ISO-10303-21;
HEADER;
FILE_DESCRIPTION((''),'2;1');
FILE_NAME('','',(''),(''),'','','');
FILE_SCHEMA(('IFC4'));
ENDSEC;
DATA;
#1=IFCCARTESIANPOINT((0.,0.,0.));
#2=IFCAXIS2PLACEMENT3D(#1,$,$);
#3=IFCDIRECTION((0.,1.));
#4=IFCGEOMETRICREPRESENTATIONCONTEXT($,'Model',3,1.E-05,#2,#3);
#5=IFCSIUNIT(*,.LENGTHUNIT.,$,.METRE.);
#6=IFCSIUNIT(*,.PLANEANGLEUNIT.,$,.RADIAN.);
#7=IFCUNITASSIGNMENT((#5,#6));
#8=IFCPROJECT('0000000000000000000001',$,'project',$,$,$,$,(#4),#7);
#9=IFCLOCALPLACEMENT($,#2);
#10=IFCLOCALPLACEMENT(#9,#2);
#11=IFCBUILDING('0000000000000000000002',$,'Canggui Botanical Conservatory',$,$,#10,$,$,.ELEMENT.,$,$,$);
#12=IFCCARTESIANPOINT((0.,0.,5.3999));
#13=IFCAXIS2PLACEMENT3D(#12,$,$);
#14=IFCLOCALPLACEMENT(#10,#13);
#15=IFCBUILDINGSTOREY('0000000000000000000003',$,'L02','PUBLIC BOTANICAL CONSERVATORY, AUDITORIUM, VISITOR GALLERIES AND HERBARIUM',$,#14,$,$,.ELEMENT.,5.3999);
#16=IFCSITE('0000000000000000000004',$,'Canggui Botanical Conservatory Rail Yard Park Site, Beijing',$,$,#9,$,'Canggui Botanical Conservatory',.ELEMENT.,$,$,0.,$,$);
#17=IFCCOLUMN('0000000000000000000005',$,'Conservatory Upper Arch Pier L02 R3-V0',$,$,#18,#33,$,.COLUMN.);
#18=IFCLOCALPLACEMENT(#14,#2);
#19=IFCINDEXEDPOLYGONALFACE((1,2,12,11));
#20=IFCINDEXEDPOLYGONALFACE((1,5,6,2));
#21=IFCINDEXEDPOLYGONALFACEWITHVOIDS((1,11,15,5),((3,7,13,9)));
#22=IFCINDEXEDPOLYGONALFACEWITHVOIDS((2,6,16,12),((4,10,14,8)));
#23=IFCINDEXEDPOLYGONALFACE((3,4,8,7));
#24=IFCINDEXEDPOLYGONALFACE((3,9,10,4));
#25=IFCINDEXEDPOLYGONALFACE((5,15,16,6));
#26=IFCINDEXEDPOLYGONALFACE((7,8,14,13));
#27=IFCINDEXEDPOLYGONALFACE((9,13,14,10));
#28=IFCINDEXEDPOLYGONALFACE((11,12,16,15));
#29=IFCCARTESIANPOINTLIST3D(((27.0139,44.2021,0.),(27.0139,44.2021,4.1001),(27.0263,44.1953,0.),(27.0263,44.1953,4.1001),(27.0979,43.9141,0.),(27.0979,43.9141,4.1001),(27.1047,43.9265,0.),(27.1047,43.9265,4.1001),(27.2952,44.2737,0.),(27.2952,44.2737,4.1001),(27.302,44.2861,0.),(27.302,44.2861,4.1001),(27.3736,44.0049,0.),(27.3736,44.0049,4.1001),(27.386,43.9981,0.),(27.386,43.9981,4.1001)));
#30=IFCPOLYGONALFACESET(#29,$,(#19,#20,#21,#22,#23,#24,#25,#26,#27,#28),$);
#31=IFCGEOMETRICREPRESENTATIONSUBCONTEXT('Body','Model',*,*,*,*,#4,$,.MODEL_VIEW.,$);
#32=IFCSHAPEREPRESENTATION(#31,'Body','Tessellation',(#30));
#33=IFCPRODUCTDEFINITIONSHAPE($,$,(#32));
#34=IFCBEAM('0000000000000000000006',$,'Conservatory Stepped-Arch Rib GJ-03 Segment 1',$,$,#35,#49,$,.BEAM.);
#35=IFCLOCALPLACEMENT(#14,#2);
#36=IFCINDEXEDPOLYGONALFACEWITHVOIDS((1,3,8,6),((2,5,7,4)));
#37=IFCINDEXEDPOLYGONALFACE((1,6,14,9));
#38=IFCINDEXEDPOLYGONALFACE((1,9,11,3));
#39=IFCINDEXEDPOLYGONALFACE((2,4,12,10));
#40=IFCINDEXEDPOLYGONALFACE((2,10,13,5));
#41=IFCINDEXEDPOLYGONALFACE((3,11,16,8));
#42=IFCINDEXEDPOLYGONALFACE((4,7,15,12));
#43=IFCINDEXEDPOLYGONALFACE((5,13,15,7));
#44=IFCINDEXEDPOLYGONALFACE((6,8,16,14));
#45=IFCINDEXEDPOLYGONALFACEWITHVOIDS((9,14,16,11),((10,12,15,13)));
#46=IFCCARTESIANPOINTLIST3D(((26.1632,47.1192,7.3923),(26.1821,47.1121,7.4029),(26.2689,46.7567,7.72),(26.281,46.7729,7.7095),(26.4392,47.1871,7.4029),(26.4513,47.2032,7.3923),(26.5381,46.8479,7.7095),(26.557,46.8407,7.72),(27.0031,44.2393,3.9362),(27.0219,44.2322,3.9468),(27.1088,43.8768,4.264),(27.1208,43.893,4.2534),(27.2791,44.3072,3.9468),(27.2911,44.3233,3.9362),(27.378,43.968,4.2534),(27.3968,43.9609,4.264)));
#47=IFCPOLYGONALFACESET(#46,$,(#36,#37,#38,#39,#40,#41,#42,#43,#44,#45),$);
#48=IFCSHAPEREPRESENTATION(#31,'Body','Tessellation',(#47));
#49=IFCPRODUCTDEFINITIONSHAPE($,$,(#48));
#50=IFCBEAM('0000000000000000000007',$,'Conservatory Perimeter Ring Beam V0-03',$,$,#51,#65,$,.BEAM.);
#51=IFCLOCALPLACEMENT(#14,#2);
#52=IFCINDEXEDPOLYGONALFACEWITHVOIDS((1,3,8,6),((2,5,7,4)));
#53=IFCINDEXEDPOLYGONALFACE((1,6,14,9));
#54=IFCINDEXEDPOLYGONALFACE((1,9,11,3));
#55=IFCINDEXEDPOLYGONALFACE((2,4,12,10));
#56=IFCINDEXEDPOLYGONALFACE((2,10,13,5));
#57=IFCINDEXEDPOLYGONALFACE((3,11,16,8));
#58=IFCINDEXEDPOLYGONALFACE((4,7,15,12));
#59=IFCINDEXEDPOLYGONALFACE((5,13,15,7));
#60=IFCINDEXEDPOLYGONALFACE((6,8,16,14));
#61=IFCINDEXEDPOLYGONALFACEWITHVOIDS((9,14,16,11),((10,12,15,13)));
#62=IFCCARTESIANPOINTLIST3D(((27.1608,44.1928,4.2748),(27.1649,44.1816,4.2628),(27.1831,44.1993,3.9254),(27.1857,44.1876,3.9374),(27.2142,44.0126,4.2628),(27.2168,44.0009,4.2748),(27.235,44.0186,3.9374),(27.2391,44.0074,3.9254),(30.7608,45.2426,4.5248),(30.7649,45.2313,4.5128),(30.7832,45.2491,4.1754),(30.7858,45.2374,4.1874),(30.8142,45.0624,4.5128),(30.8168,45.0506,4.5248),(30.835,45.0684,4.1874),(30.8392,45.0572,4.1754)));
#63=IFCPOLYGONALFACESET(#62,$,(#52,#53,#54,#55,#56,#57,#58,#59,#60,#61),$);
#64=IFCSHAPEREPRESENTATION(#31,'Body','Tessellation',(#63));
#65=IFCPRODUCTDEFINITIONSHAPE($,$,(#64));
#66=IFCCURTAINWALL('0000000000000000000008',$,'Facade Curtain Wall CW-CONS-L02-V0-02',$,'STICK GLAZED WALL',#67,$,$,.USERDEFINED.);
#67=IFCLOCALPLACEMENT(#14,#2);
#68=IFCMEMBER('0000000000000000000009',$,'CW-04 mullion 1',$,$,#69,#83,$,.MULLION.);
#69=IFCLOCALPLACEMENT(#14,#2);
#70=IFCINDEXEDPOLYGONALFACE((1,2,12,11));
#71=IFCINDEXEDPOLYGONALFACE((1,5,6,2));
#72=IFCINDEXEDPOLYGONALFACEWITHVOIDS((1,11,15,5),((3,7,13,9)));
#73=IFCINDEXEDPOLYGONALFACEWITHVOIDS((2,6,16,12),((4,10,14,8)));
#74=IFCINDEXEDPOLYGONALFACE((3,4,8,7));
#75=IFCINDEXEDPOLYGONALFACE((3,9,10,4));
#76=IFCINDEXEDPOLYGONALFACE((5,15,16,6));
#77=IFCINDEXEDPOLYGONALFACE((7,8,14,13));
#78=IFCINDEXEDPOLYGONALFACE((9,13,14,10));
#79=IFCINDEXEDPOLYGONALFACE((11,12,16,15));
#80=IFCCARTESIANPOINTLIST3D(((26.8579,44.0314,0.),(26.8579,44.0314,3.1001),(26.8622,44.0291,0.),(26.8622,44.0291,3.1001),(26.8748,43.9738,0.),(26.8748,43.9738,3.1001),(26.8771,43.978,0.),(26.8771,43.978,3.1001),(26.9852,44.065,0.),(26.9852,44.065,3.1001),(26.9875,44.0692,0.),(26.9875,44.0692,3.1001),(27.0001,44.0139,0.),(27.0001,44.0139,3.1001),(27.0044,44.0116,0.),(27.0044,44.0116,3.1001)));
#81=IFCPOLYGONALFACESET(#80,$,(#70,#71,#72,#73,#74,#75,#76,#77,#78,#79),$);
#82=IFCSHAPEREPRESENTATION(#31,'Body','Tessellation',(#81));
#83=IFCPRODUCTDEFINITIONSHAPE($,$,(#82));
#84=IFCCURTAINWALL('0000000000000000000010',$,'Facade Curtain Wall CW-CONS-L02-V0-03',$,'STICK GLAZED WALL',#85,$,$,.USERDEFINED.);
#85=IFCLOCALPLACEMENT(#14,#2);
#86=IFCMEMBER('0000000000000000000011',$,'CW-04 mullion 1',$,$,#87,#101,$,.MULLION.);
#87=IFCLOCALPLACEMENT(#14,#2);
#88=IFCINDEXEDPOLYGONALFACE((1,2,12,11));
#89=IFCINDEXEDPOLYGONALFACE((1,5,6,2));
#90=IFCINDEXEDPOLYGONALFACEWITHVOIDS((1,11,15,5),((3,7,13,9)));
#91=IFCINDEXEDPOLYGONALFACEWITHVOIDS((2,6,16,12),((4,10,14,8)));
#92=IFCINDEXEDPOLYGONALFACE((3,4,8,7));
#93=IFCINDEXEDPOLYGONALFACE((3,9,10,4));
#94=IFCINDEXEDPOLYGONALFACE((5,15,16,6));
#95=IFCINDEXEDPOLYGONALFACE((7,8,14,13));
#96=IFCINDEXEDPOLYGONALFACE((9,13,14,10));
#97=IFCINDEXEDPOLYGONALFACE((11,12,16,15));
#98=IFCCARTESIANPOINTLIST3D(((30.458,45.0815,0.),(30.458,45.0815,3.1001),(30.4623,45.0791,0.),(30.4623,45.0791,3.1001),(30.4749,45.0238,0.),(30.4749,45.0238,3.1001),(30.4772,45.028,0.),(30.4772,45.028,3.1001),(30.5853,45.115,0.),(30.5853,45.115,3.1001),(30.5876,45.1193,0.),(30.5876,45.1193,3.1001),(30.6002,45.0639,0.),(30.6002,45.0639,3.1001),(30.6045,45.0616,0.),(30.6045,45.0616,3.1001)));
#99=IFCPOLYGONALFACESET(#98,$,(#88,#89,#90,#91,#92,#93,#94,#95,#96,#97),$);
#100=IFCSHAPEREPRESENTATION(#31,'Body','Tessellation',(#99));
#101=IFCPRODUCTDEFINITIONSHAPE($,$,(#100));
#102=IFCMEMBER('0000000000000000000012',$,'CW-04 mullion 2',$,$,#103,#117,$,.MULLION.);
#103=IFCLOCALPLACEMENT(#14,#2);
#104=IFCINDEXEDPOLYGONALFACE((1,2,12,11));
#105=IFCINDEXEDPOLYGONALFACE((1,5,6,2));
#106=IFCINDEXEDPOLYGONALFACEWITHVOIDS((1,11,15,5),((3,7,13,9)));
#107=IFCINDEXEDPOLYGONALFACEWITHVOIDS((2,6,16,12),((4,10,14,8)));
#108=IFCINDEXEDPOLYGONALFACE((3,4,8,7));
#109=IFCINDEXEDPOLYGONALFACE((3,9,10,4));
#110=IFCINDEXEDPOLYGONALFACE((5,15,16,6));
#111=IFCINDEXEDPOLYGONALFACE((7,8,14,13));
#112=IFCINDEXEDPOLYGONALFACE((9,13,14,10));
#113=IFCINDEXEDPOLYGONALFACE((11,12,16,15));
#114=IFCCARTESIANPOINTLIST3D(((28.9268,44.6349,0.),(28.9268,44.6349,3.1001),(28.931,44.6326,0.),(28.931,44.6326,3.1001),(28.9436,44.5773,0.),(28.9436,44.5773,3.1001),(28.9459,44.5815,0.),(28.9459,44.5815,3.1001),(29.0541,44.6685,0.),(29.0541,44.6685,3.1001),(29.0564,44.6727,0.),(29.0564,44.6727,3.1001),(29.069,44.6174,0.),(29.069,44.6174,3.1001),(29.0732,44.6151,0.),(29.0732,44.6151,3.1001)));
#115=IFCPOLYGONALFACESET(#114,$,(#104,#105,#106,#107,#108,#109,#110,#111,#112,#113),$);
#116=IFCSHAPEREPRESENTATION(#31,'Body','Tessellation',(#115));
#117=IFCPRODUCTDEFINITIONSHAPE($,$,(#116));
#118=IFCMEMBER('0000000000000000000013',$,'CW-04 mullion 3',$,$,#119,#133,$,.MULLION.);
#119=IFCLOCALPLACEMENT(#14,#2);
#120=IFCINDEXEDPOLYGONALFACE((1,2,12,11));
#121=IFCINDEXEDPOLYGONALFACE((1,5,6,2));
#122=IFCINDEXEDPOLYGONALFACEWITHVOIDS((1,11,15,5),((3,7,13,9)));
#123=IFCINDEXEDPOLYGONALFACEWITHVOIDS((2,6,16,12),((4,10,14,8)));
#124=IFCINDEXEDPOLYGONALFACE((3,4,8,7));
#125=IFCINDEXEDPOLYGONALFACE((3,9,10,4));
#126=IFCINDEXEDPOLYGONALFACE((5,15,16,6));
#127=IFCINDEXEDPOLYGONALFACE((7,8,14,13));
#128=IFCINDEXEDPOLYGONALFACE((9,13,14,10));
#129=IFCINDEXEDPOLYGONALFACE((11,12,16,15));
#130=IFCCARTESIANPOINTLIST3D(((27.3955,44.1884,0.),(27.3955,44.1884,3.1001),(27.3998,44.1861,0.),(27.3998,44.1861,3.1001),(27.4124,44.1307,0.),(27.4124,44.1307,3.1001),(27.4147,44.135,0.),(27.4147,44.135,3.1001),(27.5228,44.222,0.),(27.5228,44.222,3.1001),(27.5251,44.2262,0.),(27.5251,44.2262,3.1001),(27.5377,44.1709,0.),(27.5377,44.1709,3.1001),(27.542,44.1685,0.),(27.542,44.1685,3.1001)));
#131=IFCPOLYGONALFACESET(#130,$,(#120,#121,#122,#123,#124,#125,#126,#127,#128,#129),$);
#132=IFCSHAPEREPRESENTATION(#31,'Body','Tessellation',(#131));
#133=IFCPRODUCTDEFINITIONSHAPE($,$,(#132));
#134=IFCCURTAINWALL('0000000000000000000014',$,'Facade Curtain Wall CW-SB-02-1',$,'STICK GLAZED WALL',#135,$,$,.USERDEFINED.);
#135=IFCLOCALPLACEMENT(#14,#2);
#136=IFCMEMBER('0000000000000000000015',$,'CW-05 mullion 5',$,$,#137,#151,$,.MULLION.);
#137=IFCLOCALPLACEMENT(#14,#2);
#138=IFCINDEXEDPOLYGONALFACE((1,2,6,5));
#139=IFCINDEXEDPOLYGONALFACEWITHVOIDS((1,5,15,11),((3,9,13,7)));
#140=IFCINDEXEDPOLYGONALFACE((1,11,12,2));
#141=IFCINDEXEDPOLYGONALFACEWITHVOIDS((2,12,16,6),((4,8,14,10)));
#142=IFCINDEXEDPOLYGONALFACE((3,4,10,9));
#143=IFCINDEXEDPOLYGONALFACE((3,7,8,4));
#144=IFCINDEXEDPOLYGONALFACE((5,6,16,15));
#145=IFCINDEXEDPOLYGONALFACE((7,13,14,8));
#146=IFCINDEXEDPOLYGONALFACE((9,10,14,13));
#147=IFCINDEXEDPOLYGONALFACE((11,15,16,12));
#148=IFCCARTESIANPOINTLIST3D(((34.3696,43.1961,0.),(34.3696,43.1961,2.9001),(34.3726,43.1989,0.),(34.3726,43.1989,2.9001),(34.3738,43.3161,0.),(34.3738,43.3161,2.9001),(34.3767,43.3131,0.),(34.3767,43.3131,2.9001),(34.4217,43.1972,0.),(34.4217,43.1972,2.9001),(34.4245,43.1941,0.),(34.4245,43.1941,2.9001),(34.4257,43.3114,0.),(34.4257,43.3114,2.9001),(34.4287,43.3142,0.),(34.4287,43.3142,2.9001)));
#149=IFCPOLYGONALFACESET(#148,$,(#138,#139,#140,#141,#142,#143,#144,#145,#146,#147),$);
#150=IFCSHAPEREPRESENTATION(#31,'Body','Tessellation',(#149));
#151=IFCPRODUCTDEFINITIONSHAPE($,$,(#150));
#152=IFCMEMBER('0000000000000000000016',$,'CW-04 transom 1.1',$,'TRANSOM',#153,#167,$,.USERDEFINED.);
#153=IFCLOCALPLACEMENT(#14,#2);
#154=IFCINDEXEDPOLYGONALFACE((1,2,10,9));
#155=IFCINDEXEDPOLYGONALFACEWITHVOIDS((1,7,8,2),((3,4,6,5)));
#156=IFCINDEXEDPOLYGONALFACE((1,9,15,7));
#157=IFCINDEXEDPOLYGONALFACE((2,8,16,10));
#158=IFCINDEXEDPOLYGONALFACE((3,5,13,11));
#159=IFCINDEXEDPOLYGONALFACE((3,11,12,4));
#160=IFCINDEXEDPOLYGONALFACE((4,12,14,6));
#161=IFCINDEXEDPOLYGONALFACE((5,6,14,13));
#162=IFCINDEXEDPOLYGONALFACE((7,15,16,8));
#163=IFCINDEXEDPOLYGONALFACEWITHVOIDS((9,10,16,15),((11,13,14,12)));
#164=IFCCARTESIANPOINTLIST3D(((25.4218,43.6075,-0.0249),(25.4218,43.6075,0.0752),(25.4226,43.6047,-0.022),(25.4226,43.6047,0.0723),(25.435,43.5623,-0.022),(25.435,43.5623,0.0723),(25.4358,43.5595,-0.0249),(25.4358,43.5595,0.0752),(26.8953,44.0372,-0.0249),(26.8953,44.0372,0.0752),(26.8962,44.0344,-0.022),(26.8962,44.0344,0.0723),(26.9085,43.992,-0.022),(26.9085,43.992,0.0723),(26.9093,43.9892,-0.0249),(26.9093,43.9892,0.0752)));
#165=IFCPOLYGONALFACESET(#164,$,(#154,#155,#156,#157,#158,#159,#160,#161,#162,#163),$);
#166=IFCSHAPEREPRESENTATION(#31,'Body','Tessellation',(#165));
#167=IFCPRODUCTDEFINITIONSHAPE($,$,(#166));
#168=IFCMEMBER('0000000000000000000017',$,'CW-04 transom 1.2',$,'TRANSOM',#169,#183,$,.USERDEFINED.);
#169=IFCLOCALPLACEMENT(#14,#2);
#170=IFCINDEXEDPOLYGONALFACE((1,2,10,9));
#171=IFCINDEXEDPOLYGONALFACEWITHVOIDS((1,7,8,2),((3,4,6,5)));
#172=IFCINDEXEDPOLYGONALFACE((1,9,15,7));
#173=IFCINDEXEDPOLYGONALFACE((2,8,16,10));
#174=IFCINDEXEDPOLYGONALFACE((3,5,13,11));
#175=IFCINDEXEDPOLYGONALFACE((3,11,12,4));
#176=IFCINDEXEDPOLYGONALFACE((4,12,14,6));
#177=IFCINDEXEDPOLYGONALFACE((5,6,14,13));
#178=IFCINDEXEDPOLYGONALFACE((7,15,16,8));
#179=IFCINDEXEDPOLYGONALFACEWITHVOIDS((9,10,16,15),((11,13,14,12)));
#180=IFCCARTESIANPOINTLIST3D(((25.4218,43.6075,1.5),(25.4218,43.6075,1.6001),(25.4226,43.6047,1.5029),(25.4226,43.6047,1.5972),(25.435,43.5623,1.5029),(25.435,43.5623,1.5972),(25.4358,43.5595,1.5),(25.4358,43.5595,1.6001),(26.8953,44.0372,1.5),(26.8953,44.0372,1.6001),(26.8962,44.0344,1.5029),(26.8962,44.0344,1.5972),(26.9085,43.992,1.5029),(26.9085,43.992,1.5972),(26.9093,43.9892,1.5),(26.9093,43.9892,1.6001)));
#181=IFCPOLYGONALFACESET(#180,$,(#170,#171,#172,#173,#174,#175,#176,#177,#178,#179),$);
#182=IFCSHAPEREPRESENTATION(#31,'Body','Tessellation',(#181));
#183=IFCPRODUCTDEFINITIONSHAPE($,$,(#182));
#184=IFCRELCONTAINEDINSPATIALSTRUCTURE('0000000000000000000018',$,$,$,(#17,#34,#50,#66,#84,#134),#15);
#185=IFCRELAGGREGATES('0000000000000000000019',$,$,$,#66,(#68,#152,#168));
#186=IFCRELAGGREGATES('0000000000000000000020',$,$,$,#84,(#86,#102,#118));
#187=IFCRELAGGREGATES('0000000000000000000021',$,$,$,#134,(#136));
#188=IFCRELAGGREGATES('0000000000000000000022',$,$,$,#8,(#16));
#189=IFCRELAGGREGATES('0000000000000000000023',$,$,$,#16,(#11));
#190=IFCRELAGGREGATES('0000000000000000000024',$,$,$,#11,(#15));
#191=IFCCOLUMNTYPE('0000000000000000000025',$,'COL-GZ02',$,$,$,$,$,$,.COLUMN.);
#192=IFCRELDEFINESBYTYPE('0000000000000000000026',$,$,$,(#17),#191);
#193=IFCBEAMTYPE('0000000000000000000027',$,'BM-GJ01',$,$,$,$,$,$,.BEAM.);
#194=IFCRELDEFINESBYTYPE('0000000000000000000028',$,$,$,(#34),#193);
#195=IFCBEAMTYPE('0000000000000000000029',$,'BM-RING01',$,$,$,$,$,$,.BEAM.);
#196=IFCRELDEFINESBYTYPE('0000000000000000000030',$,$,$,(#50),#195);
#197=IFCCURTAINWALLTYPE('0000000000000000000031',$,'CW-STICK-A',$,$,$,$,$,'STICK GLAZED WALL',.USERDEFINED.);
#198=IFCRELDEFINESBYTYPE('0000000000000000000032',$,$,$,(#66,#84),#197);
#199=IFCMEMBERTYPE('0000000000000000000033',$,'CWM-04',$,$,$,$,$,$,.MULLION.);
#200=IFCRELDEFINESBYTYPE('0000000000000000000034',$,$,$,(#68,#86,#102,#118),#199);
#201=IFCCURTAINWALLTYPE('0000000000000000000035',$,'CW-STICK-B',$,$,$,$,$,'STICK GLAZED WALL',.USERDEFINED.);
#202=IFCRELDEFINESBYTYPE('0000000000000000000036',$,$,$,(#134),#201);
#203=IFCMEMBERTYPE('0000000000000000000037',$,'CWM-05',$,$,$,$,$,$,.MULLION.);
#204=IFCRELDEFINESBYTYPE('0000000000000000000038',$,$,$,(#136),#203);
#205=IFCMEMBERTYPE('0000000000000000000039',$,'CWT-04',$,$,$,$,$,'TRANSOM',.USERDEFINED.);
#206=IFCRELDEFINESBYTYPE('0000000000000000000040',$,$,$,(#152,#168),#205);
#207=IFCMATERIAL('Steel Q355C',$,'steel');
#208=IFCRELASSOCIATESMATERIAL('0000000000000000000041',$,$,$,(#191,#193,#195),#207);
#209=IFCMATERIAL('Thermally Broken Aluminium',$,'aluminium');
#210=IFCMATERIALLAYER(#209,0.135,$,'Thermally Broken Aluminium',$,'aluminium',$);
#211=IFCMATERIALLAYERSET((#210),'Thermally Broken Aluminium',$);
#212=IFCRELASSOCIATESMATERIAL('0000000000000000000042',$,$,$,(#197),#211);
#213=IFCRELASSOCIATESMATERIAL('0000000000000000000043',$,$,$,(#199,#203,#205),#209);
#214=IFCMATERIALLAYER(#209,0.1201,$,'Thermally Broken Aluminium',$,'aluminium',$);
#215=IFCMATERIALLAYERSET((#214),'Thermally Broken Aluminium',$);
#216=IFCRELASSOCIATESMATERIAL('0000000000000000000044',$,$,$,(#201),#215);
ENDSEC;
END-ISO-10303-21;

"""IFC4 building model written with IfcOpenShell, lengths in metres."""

from ifc_helpers import new_model, si_unit, direction, frame, origin, origin_2d, place, context, subcontext, project, spatial, hollow_rectangle, extrude, material, layer, layer_set, material_profile, profile_set, type_object, element, aggregate, save


model = new_model("IFC4")

# Units and contexts
model_context = context("Model", 3, precision=1e-05, world=origin(), true_north=direction((0.0, 1.0)))
body_context = subcontext(model_context, "Body", "Model", "MODEL_VIEW")
ifc_project = project(units=[si_unit("LENGTHUNIT", "METRE"), si_unit("PLANEANGLEUNIT", "RADIAN")], contexts=[model_context])

# Site, building, storey
site_placement = place(None, origin())
site = spatial("IfcSite", under=ifc_project, at=site_placement, Name="Canggui Botanical Conservatory Rail Yard Park Site, Beijing", LongName="Canggui Botanical Conservatory", CompositionType="ELEMENT", RefElevation=0.0)
building_placement = place(site_placement, origin())
building = spatial("IfcBuilding", under=site, at=building_placement, Name="Canggui Botanical Conservatory", CompositionType="ELEMENT")
storey_placement = place(building_placement, frame((0.0, 0.0, 5.3999)))
storey = spatial("IfcBuildingStorey", under=building, at=storey_placement, Name="L02", Description="PUBLIC BOTANICAL CONSERVATORY, AUDITORIUM, VISITOR GALLERIES AND HERBARIUM", CompositionType="ELEMENT", Elevation=5.3999)

# Column
ifc_material_1 = material(Name="Steel Q355C", Category="steel")
ifc_material_profile_1 = material_profile(ifc_material_1, hollow_rectangle(XDim=0.3, YDim=0.3, WallThickness=0.01, at=origin_2d()), Name="SHS 300x300x10")
ifc_profile_set_1 = profile_set([ifc_material_profile_1], Name="Steel Q355C")
column_type = type_object("IfcColumnType", Name="COL-GZ02", PredefinedType="COLUMN", material=ifc_profile_set_1)
column_placement = place(storey_placement, frame((27.2, 44.1001, 0.0), z_axis=(0.0, 0.0, 1.0), x_axis=(0.96, 0.28, 0.0)))
element("IfcColumn", 1, at=column_placement, inside=storey, type_object=column_type, Name="Conservatory Upper Arch Pier L02 R3-V0", PredefinedType="COLUMN", context=body_context, shape_type="SweptSolid", body=[
    extrude(hollow_rectangle(XDim=0.3, YDim=0.3, WallThickness=0.01, at=origin_2d()), origin(), (0.0, 0.0, 1.0), 4.1001),
])

# Beams
ifc_material_profile_2 = material_profile(ifc_material_1, hollow_rectangle(XDim=0.3, YDim=0.5, WallThickness=0.0161, at=origin_2d()), Name="RHS 300x500x16")
ifc_profile_set_2 = profile_set([ifc_material_profile_2], Name="Steel Q355C")
beam_type_1 = type_object("IfcBeamType", Name="BM-GJ01", PredefinedType="BEAM", material=ifc_profile_set_2)
beam_1_placement = place(storey_placement, frame((27.2, 44.1001, 4.1001), z_axis=(-0.183517, 0.629291, 0.755192), x_axis=(-0.960011, -0.279962, 0.0)))
element("IfcBeam", 2, at=beam_1_placement, inside=storey, type_object=beam_type_1, Name="Conservatory Stepped-Arch Rib GJ-03 Segment 1", PredefinedType="BEAM", context=body_context, shape_type="SweptSolid", body=[
    extrude(hollow_rectangle(XDim=0.3, YDim=0.5, WallThickness=0.0161, at=origin_2d()), origin(), (0.0, 0.0, 1.0), 4.5764),
])
ifc_material_profile_3 = material_profile(ifc_material_1, hollow_rectangle(XDim=0.2, YDim=0.3501, WallThickness=0.012, at=origin_2d()), Name="RHS 200x350x12")
ifc_profile_set_3 = profile_set([ifc_material_profile_3], Name="Steel Q355C")
beam_type_2 = type_object("IfcBeamType", Name="BM-RING01", PredefinedType="BEAM", material=ifc_profile_set_3)
beam_2_placement = place(storey_placement, frame((27.2, 44.1001, 4.1001), z_axis=(0.95789, 0.279325, 0.066518), x_axis=(-0.279945, 0.960016, 0.0)))
element("IfcBeam", 3, at=beam_2_placement, inside=storey, type_object=beam_type_2, Name="Conservatory Perimeter Ring Beam V0-03", PredefinedType="BEAM", context=body_context, shape_type="SweptSolid", body=[
    extrude(hollow_rectangle(XDim=0.2, YDim=0.3501, WallThickness=0.012, at=origin_2d()), origin(), (0.0, 0.0, 1.0), 3.7583),
])

# Curtain wall, member
ifc_material_2 = material(Name="Thermally Broken Aluminium", Category="aluminium")
ifc_layer_1 = layer(ifc_material_2, 0.135, Name="Thermally Broken Aluminium", Category="aluminium")
ifc_layer_set_1 = layer_set([ifc_layer_1], Name="Thermally Broken Aluminium")
curtain_wall_type_1 = type_object("IfcCurtainWallType", Name="CW-STICK-A", ElementType="STICK GLAZED WALL", PredefinedType="USERDEFINED", material=ifc_layer_set_1)
curtain_wall_1_placement = place(storey_placement, origin())
curtain_wall_1 = element("IfcCurtainWall", 4, at=curtain_wall_1_placement, inside=storey, type_object=curtain_wall_type_1, Name="Facade Curtain Wall CW-CONS-L02-V0-02", ObjectType="STICK GLAZED WALL", PredefinedType="USERDEFINED")
ifc_material_profile_4 = material_profile(ifc_material_2, hollow_rectangle(XDim=0.0601, YDim=0.135, WallThickness=0.0034, at=origin_2d()), Name="CWM 60x135x3.5")
ifc_profile_set_4 = profile_set([ifc_material_profile_4], Name="Thermally Broken Aluminium")
member_type_1 = type_object("IfcMemberType", Name="CWM-04", PredefinedType="MULLION", material=ifc_profile_set_4)
member_1_placement = place(storey_placement, frame((26.9312, 44.0215, 0.0), z_axis=(0.0, 0.0, 1.0), x_axis=(0.28, -0.96, 0.0)))
member_1 = element("IfcMember", 5, at=member_1_placement, type_object=member_type_1, Name="CW-04 mullion 1", PredefinedType="MULLION", context=body_context, shape_type="SweptSolid", body=[
    extrude(hollow_rectangle(XDim=0.0601, YDim=0.135, WallThickness=0.0034, at=origin_2d()), origin(), (0.0, 0.0, 1.0), 3.1001),
])

# Curtain wall, members
curtain_wall_2_placement = place(storey_placement, origin())
curtain_wall_2 = element("IfcCurtainWall", 6, at=curtain_wall_2_placement, inside=storey, type_object=curtain_wall_type_1, Name="Facade Curtain Wall CW-CONS-L02-V0-03", ObjectType="STICK GLAZED WALL", PredefinedType="USERDEFINED")
member_2_placement = place(storey_placement, frame((30.5312, 45.0715, 0.0), z_axis=(0.0, 0.0, 1.0), x_axis=(0.28, -0.96, 0.0)))
member_2 = element("IfcMember", 7, at=member_2_placement, type_object=member_type_1, Name="CW-04 mullion 1", PredefinedType="MULLION", context=body_context, shape_type="SweptSolid", body=[
    extrude(hollow_rectangle(XDim=0.0601, YDim=0.135, WallThickness=0.0034, at=origin_2d()), origin(), (0.0, 0.0, 1.0), 3.1001),
])
member_3_placement = place(storey_placement, frame((29.0, 44.625, 0.0), z_axis=(0.0, 0.0, 1.0), x_axis=(0.28, -0.96, 0.0)))
member_3 = element("IfcMember", 8, at=member_3_placement, type_object=member_type_1, Name="CW-04 mullion 2", PredefinedType="MULLION", context=body_context, shape_type="SweptSolid", body=[
    extrude(hollow_rectangle(XDim=0.0601, YDim=0.135, WallThickness=0.0034, at=origin_2d()), origin(), (0.0, 0.0, 1.0), 3.1001),
])
member_4_placement = place(storey_placement, frame((27.4688, 44.1785, 0.0), z_axis=(0.0, 0.0, 1.0), x_axis=(0.28, -0.96, 0.0)))
member_4 = element("IfcMember", 9, at=member_4_placement, type_object=member_type_1, Name="CW-04 mullion 3", PredefinedType="MULLION", context=body_context, shape_type="SweptSolid", body=[
    extrude(hollow_rectangle(XDim=0.0601, YDim=0.135, WallThickness=0.0034, at=origin_2d()), origin(), (0.0, 0.0, 1.0), 3.1001),
])

# Curtain wall, member
ifc_layer_2 = layer(ifc_material_2, 0.1201, Name="Thermally Broken Aluminium", Category="aluminium")
ifc_layer_set_2 = layer_set([ifc_layer_2], Name="Thermally Broken Aluminium")
curtain_wall_type_2 = type_object("IfcCurtainWallType", Name="CW-STICK-B", ElementType="STICK GLAZED WALL", PredefinedType="USERDEFINED", material=ifc_layer_set_2)
curtain_wall_3_placement = place(storey_placement, origin())
curtain_wall_3 = element("IfcCurtainWall", 10, at=curtain_wall_3_placement, inside=storey, type_object=curtain_wall_type_2, Name="Facade Curtain Wall CW-SB-02-1", ObjectType="STICK GLAZED WALL", PredefinedType="USERDEFINED")
ifc_material_profile_5 = material_profile(ifc_material_2, hollow_rectangle(XDim=0.0549, YDim=0.1201, WallThickness=0.0029, at=origin_2d()), Name="CWM 55x120x3")
ifc_profile_set_5 = profile_set([ifc_material_profile_5], Name="Thermally Broken Aluminium")
member_type_2 = type_object("IfcMemberType", Name="CWM-05", PredefinedType="MULLION", material=ifc_profile_set_5)
member_5_placement = place(storey_placement, frame((34.3992, 43.2551, 0.0), z_axis=(0.0, 0.0, 1.0), x_axis=(-0.99938, 0.035206, 0.0)))
member_5 = element("IfcMember", 11, at=member_5_placement, type_object=member_type_2, Name="CW-05 mullion 5", PredefinedType="MULLION", context=body_context, shape_type="SweptSolid", body=[
    extrude(hollow_rectangle(XDim=0.0549, YDim=0.1201, WallThickness=0.0029, at=origin_2d()), origin(), (0.0, 0.0, 1.0), 2.9001),
])

# Members
ifc_material_profile_6 = material_profile(ifc_material_2, hollow_rectangle(XDim=0.05, YDim=0.1001, WallThickness=0.0029, at=origin_2d()), Name="CWT 50x100x3")
ifc_profile_set_6 = profile_set([ifc_material_profile_6], Name="Thermally Broken Aluminium")
member_type_3 = type_object("IfcMemberType", Name="CWT-04", ElementType="TRANSOM", PredefinedType="USERDEFINED", material=ifc_profile_set_6)
member_6_placement = place(storey_placement, frame((26.9023, 44.0132, 0.0251), z_axis=(-0.960021, -0.279927, 0.0), x_axis=(0.279927, -0.960021, 0.0)))
member_6 = element("IfcMember", 12, at=member_6_placement, type_object=member_type_3, Name="CW-04 transom 1.1", ObjectType="TRANSOM", PredefinedType="USERDEFINED", context=body_context, shape_type="SweptSolid", body=[
    extrude(hollow_rectangle(XDim=0.05, YDim=0.1001, WallThickness=0.0029, at=origin_2d()), origin(), (0.0, 0.0, 1.0), 1.5349),
])
member_7_placement = place(storey_placement, frame((26.9023, 44.0132, 1.55), z_axis=(-0.960021, -0.279927, 0.0), x_axis=(0.279927, -0.960021, 0.0)))
member_7 = element("IfcMember", 13, at=member_7_placement, type_object=member_type_3, Name="CW-04 transom 1.2", ObjectType="TRANSOM", PredefinedType="USERDEFINED", context=body_context, shape_type="SweptSolid", body=[
    extrude(hollow_rectangle(XDim=0.05, YDim=0.1001, WallThickness=0.0029, at=origin_2d()), origin(), (0.0, 0.0, 1.0), 1.5349),
])

aggregate(curtain_wall_1, [member_1, member_6, member_7])
aggregate(curtain_wall_2, [member_2, member_3, member_4])
aggregate(curtain_wall_3, [member_5])

save(model, "model.ifc")
